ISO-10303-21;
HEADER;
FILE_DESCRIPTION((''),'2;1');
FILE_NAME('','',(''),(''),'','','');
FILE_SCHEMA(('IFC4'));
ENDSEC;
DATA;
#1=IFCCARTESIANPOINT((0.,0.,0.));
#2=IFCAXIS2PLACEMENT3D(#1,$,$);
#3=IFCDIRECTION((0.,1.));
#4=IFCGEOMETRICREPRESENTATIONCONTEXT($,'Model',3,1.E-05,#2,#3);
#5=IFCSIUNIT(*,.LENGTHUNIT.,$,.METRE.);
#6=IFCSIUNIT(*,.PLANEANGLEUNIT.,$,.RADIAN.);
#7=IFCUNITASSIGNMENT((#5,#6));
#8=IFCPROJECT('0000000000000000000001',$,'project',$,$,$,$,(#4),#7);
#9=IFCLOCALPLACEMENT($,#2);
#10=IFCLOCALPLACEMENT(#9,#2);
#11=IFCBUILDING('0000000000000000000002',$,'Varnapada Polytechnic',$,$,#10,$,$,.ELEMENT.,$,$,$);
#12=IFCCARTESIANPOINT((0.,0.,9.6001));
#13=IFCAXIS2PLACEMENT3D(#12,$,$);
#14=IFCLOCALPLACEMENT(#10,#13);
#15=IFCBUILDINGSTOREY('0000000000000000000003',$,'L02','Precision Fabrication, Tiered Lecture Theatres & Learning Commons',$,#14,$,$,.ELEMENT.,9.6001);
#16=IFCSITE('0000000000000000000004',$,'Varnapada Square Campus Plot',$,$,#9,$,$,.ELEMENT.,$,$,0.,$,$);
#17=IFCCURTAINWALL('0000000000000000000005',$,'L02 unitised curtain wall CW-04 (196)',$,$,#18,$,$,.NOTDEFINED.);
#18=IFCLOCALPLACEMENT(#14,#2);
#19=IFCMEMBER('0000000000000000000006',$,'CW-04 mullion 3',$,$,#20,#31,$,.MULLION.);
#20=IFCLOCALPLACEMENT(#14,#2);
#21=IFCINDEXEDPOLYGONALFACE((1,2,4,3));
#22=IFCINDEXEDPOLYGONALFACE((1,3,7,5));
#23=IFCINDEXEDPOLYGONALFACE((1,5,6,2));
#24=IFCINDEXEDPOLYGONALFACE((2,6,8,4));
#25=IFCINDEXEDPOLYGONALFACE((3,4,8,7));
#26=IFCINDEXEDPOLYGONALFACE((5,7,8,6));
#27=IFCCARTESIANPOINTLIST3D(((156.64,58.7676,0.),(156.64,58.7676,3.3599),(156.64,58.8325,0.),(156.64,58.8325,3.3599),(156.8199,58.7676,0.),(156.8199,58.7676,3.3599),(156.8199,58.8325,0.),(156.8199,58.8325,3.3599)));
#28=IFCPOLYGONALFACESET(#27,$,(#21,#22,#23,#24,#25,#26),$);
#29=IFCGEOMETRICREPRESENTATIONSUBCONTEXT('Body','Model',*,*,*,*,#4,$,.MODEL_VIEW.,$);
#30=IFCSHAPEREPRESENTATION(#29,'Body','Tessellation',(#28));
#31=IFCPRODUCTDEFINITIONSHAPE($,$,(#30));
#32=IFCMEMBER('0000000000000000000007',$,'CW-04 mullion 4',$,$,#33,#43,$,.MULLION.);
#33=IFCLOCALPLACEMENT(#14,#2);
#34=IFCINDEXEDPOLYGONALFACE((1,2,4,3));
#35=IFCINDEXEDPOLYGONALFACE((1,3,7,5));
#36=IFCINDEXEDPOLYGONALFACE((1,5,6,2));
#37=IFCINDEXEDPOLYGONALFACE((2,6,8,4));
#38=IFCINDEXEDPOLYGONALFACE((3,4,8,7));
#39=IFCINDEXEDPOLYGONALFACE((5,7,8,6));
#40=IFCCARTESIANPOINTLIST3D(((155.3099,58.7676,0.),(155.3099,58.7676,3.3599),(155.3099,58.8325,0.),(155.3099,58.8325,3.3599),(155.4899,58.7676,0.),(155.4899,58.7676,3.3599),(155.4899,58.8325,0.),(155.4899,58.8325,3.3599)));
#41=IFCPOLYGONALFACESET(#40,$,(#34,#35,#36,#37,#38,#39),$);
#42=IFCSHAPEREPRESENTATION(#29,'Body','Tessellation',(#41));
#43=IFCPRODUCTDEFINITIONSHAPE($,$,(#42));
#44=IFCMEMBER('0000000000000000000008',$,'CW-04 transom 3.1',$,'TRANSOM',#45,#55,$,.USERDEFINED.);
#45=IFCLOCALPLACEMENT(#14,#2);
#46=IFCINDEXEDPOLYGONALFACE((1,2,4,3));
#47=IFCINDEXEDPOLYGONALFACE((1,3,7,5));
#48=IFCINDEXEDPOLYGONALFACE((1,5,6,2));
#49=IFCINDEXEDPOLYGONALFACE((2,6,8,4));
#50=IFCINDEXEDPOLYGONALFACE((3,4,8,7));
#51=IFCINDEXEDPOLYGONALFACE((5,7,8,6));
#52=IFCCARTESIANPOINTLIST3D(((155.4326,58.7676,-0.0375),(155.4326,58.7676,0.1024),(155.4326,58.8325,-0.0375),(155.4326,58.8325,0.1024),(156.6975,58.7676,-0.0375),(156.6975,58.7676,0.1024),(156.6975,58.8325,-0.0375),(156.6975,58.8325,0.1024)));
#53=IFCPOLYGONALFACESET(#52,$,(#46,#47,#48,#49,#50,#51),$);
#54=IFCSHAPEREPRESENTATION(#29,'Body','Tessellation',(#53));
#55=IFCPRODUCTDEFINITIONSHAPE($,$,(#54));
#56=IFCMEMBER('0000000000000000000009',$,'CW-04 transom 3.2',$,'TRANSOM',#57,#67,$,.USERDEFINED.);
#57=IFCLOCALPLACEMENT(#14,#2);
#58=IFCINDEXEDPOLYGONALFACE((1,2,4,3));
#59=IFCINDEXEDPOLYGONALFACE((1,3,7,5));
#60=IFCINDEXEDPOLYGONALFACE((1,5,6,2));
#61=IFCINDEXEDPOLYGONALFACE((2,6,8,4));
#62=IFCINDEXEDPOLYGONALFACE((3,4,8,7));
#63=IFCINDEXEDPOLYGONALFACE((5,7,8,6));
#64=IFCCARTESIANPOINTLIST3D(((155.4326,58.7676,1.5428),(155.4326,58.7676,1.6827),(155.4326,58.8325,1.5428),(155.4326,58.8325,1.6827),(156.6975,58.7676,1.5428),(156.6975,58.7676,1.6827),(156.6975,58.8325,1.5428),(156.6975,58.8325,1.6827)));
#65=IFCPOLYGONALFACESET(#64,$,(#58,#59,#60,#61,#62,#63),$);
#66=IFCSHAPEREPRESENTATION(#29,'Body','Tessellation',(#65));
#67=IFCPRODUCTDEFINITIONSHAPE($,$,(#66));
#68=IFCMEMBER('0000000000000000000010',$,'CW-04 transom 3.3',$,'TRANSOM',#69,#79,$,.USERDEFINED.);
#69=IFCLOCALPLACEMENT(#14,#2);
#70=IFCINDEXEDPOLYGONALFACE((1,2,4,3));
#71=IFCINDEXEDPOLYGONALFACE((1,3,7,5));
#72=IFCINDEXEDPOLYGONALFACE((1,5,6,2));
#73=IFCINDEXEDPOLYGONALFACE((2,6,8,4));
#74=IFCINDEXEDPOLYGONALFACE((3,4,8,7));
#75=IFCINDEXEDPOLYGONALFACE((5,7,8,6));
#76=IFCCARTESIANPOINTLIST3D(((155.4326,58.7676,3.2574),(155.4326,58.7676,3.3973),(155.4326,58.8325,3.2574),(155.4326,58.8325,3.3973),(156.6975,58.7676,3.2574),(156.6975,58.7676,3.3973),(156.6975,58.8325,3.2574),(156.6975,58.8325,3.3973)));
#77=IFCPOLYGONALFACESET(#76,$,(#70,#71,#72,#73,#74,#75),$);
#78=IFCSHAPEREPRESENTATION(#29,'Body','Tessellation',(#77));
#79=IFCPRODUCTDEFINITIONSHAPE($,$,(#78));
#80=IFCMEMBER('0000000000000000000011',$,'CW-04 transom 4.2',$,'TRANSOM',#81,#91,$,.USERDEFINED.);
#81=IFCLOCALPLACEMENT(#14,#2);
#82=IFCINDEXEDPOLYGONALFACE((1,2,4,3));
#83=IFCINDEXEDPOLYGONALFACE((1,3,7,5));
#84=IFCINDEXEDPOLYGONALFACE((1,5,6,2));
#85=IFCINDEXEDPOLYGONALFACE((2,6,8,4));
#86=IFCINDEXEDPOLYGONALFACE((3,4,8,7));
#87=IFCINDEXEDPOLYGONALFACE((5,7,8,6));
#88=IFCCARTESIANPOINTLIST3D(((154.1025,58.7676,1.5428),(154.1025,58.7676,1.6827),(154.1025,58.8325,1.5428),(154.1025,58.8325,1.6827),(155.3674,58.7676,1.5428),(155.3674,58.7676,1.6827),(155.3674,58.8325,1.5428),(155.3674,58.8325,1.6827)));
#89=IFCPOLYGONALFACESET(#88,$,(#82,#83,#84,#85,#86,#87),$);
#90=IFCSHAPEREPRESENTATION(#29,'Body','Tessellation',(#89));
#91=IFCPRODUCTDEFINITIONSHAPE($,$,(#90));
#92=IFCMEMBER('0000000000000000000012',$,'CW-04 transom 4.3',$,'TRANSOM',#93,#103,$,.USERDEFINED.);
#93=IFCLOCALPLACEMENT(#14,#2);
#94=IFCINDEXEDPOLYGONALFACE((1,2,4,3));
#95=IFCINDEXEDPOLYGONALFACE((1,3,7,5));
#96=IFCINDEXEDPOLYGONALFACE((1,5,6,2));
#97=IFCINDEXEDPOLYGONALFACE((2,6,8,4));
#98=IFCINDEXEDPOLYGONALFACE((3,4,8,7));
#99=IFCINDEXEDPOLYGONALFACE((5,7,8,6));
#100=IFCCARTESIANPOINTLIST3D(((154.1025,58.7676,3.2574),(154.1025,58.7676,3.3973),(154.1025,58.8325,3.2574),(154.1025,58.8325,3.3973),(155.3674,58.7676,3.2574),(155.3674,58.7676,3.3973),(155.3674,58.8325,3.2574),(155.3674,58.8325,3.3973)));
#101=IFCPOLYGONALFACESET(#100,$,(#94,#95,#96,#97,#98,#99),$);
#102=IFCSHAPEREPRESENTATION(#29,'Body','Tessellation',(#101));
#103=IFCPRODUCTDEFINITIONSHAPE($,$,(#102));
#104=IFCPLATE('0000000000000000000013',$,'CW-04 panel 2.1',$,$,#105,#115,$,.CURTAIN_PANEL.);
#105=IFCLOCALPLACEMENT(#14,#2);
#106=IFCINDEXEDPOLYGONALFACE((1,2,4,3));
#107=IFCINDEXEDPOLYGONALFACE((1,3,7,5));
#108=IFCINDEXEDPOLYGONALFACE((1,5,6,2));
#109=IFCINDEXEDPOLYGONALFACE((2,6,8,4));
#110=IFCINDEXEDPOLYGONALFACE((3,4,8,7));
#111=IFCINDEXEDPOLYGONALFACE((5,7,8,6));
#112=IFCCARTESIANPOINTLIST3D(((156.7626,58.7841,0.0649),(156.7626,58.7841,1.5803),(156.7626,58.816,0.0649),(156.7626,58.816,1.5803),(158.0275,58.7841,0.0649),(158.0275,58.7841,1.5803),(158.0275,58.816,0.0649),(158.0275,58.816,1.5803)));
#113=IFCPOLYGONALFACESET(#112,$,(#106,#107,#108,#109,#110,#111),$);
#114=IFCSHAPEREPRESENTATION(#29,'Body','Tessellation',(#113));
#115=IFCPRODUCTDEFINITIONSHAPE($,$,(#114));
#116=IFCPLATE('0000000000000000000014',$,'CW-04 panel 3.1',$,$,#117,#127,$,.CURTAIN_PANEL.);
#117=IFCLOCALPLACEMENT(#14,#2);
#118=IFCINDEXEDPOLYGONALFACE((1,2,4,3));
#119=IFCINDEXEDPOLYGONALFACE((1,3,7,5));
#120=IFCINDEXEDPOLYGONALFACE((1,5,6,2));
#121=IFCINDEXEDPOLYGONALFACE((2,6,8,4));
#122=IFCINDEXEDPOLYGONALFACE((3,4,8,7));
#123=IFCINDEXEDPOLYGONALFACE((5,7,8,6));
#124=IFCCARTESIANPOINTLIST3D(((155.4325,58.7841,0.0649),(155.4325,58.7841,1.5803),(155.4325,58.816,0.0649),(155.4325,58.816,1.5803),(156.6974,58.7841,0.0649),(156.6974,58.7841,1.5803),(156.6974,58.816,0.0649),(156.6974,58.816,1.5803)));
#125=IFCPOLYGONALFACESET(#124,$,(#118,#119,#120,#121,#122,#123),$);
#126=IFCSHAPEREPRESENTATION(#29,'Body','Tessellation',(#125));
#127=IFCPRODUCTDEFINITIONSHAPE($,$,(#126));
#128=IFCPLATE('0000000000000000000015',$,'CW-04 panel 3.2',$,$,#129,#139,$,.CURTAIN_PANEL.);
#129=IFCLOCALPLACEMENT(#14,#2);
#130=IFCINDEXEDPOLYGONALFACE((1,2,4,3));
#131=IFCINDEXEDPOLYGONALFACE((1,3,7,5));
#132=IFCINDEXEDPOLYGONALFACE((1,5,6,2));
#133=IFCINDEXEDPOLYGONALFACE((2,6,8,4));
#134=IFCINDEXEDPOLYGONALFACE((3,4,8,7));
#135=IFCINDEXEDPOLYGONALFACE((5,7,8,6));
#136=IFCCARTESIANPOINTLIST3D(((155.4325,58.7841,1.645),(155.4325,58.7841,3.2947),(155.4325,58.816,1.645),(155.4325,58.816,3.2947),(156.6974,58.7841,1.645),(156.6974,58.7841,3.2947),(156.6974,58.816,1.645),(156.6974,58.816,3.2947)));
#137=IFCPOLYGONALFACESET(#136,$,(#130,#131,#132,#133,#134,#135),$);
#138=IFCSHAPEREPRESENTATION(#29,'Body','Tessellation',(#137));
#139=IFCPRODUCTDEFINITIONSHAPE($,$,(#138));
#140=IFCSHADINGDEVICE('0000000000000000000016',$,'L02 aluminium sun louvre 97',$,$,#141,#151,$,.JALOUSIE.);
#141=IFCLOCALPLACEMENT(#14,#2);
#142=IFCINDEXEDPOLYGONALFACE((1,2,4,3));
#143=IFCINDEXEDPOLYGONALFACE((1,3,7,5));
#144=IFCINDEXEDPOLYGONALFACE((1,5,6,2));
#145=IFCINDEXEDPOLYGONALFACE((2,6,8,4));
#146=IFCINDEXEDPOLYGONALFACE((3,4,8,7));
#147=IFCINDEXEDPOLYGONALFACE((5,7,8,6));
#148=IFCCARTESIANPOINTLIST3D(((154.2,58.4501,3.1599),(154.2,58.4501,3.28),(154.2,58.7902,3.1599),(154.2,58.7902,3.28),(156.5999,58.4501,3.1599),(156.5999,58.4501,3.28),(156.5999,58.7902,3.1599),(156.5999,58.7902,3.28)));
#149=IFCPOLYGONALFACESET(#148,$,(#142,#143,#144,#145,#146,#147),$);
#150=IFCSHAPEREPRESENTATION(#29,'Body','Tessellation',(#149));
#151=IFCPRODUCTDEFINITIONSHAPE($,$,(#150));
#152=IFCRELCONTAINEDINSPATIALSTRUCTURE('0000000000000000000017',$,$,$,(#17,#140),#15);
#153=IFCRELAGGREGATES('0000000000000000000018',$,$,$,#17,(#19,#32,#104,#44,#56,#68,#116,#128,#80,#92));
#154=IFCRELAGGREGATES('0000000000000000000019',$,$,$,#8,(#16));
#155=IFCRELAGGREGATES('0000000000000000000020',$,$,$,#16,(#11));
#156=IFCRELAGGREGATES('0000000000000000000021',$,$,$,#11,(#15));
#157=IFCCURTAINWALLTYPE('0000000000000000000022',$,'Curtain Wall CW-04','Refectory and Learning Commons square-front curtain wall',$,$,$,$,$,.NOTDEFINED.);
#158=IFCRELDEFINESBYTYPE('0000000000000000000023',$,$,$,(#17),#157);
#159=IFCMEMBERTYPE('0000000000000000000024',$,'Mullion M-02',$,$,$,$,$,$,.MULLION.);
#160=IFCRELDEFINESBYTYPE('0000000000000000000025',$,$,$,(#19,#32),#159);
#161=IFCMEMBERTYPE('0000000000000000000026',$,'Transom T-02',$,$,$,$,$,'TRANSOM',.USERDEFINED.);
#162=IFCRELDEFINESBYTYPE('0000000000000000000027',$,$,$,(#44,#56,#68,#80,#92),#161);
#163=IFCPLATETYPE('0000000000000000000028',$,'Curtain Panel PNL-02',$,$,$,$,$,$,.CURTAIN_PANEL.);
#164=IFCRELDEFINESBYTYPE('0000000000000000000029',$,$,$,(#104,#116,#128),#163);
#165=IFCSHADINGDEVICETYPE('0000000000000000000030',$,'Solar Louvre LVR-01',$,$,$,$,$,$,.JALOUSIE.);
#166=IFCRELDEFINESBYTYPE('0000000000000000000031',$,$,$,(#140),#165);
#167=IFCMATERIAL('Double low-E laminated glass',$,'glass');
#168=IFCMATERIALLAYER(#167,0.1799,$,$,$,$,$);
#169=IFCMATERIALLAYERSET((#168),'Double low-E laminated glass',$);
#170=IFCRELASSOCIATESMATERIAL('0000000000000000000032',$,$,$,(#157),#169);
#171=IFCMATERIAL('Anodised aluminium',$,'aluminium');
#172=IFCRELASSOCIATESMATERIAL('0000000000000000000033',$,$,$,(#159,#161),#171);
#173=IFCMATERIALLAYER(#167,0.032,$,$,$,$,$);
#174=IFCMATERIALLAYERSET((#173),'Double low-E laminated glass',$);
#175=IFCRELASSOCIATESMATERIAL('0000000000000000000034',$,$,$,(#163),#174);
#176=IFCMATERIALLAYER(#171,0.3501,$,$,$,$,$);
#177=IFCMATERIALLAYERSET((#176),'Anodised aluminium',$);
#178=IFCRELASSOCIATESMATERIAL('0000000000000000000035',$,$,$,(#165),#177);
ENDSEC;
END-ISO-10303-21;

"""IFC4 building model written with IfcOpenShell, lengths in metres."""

from ifc_helpers import new_model, si_unit, direction, frame, origin, origin_2d, place, context, subcontext, project, spatial, rectangle, extrude, material, layer, layer_set, material_profile, profile_set, type_object, element, aggregate, save


model = new_model("IFC4")

# Units and contexts
model_context = context("Model", 3, precision=1e-05, world=origin(), true_north=direction((0.0, 1.0)))
body_context = subcontext(model_context, "Body", "Model", "MODEL_VIEW")
ifc_project = project(units=[si_unit("LENGTHUNIT", "METRE"), si_unit("PLANEANGLEUNIT", "RADIAN")], contexts=[model_context])

# Site, building, storey
site_placement = place(None, origin())
site = spatial("IfcSite", under=ifc_project, at=site_placement, Name="Varnapada Square Campus Plot", CompositionType="ELEMENT", RefElevation=0.0)
building_placement = place(site_placement, origin())
building = spatial("IfcBuilding", under=site, at=building_placement, Name="Varnapada Polytechnic", CompositionType="ELEMENT")
storey_placement = place(building_placement, frame((0.0, 0.0, 9.6001)))
storey = spatial("IfcBuildingStorey", under=building, at=storey_placement, Name="L02", Description="Precision Fabrication, Tiered Lecture Theatres & Learning Commons", CompositionType="ELEMENT", Elevation=9.6001)

# Curtain wall, members, plates
ifc_material_1 = material(Name="Double low-E laminated glass", Category="glass")
ifc_layer_1 = layer(ifc_material_1, 0.1799)
ifc_layer_set_1 = layer_set([ifc_layer_1], Name="Double low-E laminated glass")
curtain_wall_type = type_object("IfcCurtainWallType", Name="Curtain Wall CW-04", Description="Refectory and Learning Commons square-front curtain wall", PredefinedType="NOTDEFINED", material=ifc_layer_set_1)
curtain_wall_placement = place(storey_placement, origin())
curtain_wall = element("IfcCurtainWall", 1, at=curtain_wall_placement, inside=storey, type_object=curtain_wall_type, Name="L02 unitised curtain wall CW-04 (196)", PredefinedType="NOTDEFINED")
ifc_material_2 = material(Name="Anodised aluminium", Category="aluminium")
ifc_material_profile_1 = material_profile(ifc_material_2, rectangle(XDim=0.0649, YDim=0.1799, at=origin_2d()), Name="ALU M65x180")
ifc_profile_set_1 = profile_set([ifc_material_profile_1], Name="Anodised aluminium")
member_type_1 = type_object("IfcMemberType", Name="Mullion M-02", PredefinedType="MULLION", material=ifc_profile_set_1)
member_1_placement = place(storey_placement, frame((156.73, 58.8, 0.0), z_axis=(0.0, 0.0, 1.0), x_axis=(0.0, -1.0, 0.0)))
member_1 = element("IfcMember", 2, at=member_1_placement, type_object=member_type_1, Name="CW-04 mullion 3", PredefinedType="MULLION", context=body_context, shape_type="SweptSolid", body=[
    extrude(rectangle(XDim=0.0649, YDim=0.1799, at=origin_2d()), origin(), (0.0, 0.0, 1.0), 3.3599),
])
member_2_placement = place(storey_placement, frame((155.3999, 58.8, 0.0), z_axis=(0.0, 0.0, 1.0), x_axis=(0.0, -1.0, 0.0)))
member_2 = element("IfcMember", 3, at=member_2_placement, type_object=member_type_1, Name="CW-04 mullion 4", PredefinedType="MULLION", context=body_context, shape_type="SweptSolid", body=[
    extrude(rectangle(XDim=0.0649, YDim=0.1799, at=origin_2d()), origin(), (0.0, 0.0, 1.0), 3.3599),
])
ifc_material_profile_2 = material_profile(ifc_material_2, rectangle(XDim=0.0649, YDim=0.1399, at=origin_2d()), Name="ALU T65x140")
ifc_profile_set_2 = profile_set([ifc_material_profile_2], Name="Anodised aluminium")
member_type_2 = type_object("IfcMemberType", Name="Transom T-02", ElementType="TRANSOM", PredefinedType="USERDEFINED", material=ifc_profile_set_2)
member_3_placement = place(storey_placement, frame((156.6975, 58.8, 0.0325), z_axis=(-1.0, 0.0, 0.0), x_axis=(0.0, -1.0, 0.0)))
member_3 = element("IfcMember", 4, at=member_3_placement, type_object=member_type_2, Name="CW-04 transom 3.1", ObjectType="TRANSOM", PredefinedType="USERDEFINED", context=body_context, shape_type="SweptSolid", body=[
    extrude(rectangle(XDim=0.0649, YDim=0.1399, at=origin_2d()), origin(), (0.0, 0.0, 1.0), 1.2649),
])
member_4_placement = place(storey_placement, frame((156.6975, 58.8, 1.6128), z_axis=(-1.0, 0.0, 0.0), x_axis=(0.0, -1.0, 0.0)))
member_4 = element("IfcMember", 5, at=member_4_placement, type_object=member_type_2, Name="CW-04 transom 3.2", ObjectType="TRANSOM", PredefinedType="USERDEFINED", context=body_context, shape_type="SweptSolid", body=[
    extrude(rectangle(XDim=0.0649, YDim=0.1399, at=origin_2d()), origin(), (0.0, 0.0, 1.0), 1.2649),
])
member_5_placement = place(storey_placement, frame((156.6975, 58.8, 3.3274), z_axis=(-1.0, 0.0, 0.0), x_axis=(0.0, -1.0, 0.0)))
member_5 = element("IfcMember", 6, at=member_5_placement, type_object=member_type_2, Name="CW-04 transom 3.3", ObjectType="TRANSOM", PredefinedType="USERDEFINED", context=body_context, shape_type="SweptSolid", body=[
    extrude(rectangle(XDim=0.0649, YDim=0.1399, at=origin_2d()), origin(), (0.0, 0.0, 1.0), 1.2649),
])
member_6_placement = place(storey_placement, frame((155.3674, 58.8, 1.6128), z_axis=(-1.0, 0.0, 0.0), x_axis=(0.0, -1.0, 0.0)))
member_6 = element("IfcMember", 7, at=member_6_placement, type_object=member_type_2, Name="CW-04 transom 4.2", ObjectType="TRANSOM", PredefinedType="USERDEFINED", context=body_context, shape_type="SweptSolid", body=[
    extrude(rectangle(XDim=0.0649, YDim=0.1399, at=origin_2d()), origin(), (0.0, 0.0, 1.0), 1.2649),
])
member_7_placement = place(storey_placement, frame((155.3674, 58.8, 3.3274), z_axis=(-1.0, 0.0, 0.0), x_axis=(0.0, -1.0, 0.0)))
member_7 = element("IfcMember", 8, at=member_7_placement, type_object=member_type_2, Name="CW-04 transom 4.3", ObjectType="TRANSOM", PredefinedType="USERDEFINED", context=body_context, shape_type="SweptSolid", body=[
    extrude(rectangle(XDim=0.0649, YDim=0.1399, at=origin_2d()), origin(), (0.0, 0.0, 1.0), 1.2649),
])
ifc_layer_2 = layer(ifc_material_1, 0.032)
ifc_layer_set_2 = layer_set([ifc_layer_2], Name="Double low-E laminated glass")
plate_type = type_object("IfcPlateType", Name="Curtain Panel PNL-02", PredefinedType="CURTAIN_PANEL", material=ifc_layer_set_2)
plate_1_placement = place(storey_placement, frame((157.395, 58.8, 0.0649), z_axis=(0.0, 0.0, 1.0), x_axis=(-1.0, 0.0, 0.0)))
plate_1 = element("IfcPlate", 9, at=plate_1_placement, type_object=plate_type, Name="CW-04 panel 2.1", PredefinedType="CURTAIN_PANEL", context=body_context, shape_type="SweptSolid", body=[
    extrude(rectangle(XDim=1.2649, YDim=0.032, at=origin_2d()), origin(), (0.0, 0.0, 1.0), 1.5154),
])
plate_2_placement = place(storey_placement, frame((156.0649, 58.8, 0.0649), z_axis=(0.0, 0.0, 1.0), x_axis=(-1.0, 0.0, 0.0)))
plate_2 = element("IfcPlate", 10, at=plate_2_placement, type_object=plate_type, Name="CW-04 panel 3.1", PredefinedType="CURTAIN_PANEL", context=body_context, shape_type="SweptSolid", body=[
    extrude(rectangle(XDim=1.2649, YDim=0.032, at=origin_2d()), origin(), (0.0, 0.0, 1.0), 1.5154),
])
plate_3_placement = place(storey_placement, frame((156.0649, 58.8, 1.645), z_axis=(0.0, 0.0, 1.0), x_axis=(-1.0, 0.0, 0.0)))
plate_3 = element("IfcPlate", 11, at=plate_3_placement, type_object=plate_type, Name="CW-04 panel 3.2", PredefinedType="CURTAIN_PANEL", context=body_context, shape_type="SweptSolid", body=[
    extrude(rectangle(XDim=1.2649, YDim=0.032, at=origin_2d()), origin(), (0.0, 0.0, 1.0), 1.6497),
])
aggregate(curtain_wall, [member_1, member_2, plate_1, member_3, member_4, member_5, plate_2, plate_3, member_6, member_7])

# Shading device
ifc_layer_3 = layer(ifc_material_2, 0.3501)
ifc_layer_set_3 = layer_set([ifc_layer_3], Name="Anodised aluminium")
shading_device_type = type_object("IfcShadingDeviceType", Name="Solar Louvre LVR-01", PredefinedType="JALOUSIE", material=ifc_layer_set_3)
shading_device_placement = place(storey_placement, frame((155.3999, 58.6201, 3.1599), z_axis=(0.0, 0.0, 1.0), x_axis=(-1.0, 0.0, 0.0)))
element("IfcShadingDevice", 12, at=shading_device_placement, inside=storey, type_object=shading_device_type, Name="L02 aluminium sun louvre 97", PredefinedType="JALOUSIE", context=body_context, shape_type="SweptSolid", body=[
    extrude(rectangle(XDim=2.3999, YDim=0.3401, at=origin_2d()), origin(), (0.0, 0.0, 1.0), 0.1201),
])

save(model, "model.ifc")
